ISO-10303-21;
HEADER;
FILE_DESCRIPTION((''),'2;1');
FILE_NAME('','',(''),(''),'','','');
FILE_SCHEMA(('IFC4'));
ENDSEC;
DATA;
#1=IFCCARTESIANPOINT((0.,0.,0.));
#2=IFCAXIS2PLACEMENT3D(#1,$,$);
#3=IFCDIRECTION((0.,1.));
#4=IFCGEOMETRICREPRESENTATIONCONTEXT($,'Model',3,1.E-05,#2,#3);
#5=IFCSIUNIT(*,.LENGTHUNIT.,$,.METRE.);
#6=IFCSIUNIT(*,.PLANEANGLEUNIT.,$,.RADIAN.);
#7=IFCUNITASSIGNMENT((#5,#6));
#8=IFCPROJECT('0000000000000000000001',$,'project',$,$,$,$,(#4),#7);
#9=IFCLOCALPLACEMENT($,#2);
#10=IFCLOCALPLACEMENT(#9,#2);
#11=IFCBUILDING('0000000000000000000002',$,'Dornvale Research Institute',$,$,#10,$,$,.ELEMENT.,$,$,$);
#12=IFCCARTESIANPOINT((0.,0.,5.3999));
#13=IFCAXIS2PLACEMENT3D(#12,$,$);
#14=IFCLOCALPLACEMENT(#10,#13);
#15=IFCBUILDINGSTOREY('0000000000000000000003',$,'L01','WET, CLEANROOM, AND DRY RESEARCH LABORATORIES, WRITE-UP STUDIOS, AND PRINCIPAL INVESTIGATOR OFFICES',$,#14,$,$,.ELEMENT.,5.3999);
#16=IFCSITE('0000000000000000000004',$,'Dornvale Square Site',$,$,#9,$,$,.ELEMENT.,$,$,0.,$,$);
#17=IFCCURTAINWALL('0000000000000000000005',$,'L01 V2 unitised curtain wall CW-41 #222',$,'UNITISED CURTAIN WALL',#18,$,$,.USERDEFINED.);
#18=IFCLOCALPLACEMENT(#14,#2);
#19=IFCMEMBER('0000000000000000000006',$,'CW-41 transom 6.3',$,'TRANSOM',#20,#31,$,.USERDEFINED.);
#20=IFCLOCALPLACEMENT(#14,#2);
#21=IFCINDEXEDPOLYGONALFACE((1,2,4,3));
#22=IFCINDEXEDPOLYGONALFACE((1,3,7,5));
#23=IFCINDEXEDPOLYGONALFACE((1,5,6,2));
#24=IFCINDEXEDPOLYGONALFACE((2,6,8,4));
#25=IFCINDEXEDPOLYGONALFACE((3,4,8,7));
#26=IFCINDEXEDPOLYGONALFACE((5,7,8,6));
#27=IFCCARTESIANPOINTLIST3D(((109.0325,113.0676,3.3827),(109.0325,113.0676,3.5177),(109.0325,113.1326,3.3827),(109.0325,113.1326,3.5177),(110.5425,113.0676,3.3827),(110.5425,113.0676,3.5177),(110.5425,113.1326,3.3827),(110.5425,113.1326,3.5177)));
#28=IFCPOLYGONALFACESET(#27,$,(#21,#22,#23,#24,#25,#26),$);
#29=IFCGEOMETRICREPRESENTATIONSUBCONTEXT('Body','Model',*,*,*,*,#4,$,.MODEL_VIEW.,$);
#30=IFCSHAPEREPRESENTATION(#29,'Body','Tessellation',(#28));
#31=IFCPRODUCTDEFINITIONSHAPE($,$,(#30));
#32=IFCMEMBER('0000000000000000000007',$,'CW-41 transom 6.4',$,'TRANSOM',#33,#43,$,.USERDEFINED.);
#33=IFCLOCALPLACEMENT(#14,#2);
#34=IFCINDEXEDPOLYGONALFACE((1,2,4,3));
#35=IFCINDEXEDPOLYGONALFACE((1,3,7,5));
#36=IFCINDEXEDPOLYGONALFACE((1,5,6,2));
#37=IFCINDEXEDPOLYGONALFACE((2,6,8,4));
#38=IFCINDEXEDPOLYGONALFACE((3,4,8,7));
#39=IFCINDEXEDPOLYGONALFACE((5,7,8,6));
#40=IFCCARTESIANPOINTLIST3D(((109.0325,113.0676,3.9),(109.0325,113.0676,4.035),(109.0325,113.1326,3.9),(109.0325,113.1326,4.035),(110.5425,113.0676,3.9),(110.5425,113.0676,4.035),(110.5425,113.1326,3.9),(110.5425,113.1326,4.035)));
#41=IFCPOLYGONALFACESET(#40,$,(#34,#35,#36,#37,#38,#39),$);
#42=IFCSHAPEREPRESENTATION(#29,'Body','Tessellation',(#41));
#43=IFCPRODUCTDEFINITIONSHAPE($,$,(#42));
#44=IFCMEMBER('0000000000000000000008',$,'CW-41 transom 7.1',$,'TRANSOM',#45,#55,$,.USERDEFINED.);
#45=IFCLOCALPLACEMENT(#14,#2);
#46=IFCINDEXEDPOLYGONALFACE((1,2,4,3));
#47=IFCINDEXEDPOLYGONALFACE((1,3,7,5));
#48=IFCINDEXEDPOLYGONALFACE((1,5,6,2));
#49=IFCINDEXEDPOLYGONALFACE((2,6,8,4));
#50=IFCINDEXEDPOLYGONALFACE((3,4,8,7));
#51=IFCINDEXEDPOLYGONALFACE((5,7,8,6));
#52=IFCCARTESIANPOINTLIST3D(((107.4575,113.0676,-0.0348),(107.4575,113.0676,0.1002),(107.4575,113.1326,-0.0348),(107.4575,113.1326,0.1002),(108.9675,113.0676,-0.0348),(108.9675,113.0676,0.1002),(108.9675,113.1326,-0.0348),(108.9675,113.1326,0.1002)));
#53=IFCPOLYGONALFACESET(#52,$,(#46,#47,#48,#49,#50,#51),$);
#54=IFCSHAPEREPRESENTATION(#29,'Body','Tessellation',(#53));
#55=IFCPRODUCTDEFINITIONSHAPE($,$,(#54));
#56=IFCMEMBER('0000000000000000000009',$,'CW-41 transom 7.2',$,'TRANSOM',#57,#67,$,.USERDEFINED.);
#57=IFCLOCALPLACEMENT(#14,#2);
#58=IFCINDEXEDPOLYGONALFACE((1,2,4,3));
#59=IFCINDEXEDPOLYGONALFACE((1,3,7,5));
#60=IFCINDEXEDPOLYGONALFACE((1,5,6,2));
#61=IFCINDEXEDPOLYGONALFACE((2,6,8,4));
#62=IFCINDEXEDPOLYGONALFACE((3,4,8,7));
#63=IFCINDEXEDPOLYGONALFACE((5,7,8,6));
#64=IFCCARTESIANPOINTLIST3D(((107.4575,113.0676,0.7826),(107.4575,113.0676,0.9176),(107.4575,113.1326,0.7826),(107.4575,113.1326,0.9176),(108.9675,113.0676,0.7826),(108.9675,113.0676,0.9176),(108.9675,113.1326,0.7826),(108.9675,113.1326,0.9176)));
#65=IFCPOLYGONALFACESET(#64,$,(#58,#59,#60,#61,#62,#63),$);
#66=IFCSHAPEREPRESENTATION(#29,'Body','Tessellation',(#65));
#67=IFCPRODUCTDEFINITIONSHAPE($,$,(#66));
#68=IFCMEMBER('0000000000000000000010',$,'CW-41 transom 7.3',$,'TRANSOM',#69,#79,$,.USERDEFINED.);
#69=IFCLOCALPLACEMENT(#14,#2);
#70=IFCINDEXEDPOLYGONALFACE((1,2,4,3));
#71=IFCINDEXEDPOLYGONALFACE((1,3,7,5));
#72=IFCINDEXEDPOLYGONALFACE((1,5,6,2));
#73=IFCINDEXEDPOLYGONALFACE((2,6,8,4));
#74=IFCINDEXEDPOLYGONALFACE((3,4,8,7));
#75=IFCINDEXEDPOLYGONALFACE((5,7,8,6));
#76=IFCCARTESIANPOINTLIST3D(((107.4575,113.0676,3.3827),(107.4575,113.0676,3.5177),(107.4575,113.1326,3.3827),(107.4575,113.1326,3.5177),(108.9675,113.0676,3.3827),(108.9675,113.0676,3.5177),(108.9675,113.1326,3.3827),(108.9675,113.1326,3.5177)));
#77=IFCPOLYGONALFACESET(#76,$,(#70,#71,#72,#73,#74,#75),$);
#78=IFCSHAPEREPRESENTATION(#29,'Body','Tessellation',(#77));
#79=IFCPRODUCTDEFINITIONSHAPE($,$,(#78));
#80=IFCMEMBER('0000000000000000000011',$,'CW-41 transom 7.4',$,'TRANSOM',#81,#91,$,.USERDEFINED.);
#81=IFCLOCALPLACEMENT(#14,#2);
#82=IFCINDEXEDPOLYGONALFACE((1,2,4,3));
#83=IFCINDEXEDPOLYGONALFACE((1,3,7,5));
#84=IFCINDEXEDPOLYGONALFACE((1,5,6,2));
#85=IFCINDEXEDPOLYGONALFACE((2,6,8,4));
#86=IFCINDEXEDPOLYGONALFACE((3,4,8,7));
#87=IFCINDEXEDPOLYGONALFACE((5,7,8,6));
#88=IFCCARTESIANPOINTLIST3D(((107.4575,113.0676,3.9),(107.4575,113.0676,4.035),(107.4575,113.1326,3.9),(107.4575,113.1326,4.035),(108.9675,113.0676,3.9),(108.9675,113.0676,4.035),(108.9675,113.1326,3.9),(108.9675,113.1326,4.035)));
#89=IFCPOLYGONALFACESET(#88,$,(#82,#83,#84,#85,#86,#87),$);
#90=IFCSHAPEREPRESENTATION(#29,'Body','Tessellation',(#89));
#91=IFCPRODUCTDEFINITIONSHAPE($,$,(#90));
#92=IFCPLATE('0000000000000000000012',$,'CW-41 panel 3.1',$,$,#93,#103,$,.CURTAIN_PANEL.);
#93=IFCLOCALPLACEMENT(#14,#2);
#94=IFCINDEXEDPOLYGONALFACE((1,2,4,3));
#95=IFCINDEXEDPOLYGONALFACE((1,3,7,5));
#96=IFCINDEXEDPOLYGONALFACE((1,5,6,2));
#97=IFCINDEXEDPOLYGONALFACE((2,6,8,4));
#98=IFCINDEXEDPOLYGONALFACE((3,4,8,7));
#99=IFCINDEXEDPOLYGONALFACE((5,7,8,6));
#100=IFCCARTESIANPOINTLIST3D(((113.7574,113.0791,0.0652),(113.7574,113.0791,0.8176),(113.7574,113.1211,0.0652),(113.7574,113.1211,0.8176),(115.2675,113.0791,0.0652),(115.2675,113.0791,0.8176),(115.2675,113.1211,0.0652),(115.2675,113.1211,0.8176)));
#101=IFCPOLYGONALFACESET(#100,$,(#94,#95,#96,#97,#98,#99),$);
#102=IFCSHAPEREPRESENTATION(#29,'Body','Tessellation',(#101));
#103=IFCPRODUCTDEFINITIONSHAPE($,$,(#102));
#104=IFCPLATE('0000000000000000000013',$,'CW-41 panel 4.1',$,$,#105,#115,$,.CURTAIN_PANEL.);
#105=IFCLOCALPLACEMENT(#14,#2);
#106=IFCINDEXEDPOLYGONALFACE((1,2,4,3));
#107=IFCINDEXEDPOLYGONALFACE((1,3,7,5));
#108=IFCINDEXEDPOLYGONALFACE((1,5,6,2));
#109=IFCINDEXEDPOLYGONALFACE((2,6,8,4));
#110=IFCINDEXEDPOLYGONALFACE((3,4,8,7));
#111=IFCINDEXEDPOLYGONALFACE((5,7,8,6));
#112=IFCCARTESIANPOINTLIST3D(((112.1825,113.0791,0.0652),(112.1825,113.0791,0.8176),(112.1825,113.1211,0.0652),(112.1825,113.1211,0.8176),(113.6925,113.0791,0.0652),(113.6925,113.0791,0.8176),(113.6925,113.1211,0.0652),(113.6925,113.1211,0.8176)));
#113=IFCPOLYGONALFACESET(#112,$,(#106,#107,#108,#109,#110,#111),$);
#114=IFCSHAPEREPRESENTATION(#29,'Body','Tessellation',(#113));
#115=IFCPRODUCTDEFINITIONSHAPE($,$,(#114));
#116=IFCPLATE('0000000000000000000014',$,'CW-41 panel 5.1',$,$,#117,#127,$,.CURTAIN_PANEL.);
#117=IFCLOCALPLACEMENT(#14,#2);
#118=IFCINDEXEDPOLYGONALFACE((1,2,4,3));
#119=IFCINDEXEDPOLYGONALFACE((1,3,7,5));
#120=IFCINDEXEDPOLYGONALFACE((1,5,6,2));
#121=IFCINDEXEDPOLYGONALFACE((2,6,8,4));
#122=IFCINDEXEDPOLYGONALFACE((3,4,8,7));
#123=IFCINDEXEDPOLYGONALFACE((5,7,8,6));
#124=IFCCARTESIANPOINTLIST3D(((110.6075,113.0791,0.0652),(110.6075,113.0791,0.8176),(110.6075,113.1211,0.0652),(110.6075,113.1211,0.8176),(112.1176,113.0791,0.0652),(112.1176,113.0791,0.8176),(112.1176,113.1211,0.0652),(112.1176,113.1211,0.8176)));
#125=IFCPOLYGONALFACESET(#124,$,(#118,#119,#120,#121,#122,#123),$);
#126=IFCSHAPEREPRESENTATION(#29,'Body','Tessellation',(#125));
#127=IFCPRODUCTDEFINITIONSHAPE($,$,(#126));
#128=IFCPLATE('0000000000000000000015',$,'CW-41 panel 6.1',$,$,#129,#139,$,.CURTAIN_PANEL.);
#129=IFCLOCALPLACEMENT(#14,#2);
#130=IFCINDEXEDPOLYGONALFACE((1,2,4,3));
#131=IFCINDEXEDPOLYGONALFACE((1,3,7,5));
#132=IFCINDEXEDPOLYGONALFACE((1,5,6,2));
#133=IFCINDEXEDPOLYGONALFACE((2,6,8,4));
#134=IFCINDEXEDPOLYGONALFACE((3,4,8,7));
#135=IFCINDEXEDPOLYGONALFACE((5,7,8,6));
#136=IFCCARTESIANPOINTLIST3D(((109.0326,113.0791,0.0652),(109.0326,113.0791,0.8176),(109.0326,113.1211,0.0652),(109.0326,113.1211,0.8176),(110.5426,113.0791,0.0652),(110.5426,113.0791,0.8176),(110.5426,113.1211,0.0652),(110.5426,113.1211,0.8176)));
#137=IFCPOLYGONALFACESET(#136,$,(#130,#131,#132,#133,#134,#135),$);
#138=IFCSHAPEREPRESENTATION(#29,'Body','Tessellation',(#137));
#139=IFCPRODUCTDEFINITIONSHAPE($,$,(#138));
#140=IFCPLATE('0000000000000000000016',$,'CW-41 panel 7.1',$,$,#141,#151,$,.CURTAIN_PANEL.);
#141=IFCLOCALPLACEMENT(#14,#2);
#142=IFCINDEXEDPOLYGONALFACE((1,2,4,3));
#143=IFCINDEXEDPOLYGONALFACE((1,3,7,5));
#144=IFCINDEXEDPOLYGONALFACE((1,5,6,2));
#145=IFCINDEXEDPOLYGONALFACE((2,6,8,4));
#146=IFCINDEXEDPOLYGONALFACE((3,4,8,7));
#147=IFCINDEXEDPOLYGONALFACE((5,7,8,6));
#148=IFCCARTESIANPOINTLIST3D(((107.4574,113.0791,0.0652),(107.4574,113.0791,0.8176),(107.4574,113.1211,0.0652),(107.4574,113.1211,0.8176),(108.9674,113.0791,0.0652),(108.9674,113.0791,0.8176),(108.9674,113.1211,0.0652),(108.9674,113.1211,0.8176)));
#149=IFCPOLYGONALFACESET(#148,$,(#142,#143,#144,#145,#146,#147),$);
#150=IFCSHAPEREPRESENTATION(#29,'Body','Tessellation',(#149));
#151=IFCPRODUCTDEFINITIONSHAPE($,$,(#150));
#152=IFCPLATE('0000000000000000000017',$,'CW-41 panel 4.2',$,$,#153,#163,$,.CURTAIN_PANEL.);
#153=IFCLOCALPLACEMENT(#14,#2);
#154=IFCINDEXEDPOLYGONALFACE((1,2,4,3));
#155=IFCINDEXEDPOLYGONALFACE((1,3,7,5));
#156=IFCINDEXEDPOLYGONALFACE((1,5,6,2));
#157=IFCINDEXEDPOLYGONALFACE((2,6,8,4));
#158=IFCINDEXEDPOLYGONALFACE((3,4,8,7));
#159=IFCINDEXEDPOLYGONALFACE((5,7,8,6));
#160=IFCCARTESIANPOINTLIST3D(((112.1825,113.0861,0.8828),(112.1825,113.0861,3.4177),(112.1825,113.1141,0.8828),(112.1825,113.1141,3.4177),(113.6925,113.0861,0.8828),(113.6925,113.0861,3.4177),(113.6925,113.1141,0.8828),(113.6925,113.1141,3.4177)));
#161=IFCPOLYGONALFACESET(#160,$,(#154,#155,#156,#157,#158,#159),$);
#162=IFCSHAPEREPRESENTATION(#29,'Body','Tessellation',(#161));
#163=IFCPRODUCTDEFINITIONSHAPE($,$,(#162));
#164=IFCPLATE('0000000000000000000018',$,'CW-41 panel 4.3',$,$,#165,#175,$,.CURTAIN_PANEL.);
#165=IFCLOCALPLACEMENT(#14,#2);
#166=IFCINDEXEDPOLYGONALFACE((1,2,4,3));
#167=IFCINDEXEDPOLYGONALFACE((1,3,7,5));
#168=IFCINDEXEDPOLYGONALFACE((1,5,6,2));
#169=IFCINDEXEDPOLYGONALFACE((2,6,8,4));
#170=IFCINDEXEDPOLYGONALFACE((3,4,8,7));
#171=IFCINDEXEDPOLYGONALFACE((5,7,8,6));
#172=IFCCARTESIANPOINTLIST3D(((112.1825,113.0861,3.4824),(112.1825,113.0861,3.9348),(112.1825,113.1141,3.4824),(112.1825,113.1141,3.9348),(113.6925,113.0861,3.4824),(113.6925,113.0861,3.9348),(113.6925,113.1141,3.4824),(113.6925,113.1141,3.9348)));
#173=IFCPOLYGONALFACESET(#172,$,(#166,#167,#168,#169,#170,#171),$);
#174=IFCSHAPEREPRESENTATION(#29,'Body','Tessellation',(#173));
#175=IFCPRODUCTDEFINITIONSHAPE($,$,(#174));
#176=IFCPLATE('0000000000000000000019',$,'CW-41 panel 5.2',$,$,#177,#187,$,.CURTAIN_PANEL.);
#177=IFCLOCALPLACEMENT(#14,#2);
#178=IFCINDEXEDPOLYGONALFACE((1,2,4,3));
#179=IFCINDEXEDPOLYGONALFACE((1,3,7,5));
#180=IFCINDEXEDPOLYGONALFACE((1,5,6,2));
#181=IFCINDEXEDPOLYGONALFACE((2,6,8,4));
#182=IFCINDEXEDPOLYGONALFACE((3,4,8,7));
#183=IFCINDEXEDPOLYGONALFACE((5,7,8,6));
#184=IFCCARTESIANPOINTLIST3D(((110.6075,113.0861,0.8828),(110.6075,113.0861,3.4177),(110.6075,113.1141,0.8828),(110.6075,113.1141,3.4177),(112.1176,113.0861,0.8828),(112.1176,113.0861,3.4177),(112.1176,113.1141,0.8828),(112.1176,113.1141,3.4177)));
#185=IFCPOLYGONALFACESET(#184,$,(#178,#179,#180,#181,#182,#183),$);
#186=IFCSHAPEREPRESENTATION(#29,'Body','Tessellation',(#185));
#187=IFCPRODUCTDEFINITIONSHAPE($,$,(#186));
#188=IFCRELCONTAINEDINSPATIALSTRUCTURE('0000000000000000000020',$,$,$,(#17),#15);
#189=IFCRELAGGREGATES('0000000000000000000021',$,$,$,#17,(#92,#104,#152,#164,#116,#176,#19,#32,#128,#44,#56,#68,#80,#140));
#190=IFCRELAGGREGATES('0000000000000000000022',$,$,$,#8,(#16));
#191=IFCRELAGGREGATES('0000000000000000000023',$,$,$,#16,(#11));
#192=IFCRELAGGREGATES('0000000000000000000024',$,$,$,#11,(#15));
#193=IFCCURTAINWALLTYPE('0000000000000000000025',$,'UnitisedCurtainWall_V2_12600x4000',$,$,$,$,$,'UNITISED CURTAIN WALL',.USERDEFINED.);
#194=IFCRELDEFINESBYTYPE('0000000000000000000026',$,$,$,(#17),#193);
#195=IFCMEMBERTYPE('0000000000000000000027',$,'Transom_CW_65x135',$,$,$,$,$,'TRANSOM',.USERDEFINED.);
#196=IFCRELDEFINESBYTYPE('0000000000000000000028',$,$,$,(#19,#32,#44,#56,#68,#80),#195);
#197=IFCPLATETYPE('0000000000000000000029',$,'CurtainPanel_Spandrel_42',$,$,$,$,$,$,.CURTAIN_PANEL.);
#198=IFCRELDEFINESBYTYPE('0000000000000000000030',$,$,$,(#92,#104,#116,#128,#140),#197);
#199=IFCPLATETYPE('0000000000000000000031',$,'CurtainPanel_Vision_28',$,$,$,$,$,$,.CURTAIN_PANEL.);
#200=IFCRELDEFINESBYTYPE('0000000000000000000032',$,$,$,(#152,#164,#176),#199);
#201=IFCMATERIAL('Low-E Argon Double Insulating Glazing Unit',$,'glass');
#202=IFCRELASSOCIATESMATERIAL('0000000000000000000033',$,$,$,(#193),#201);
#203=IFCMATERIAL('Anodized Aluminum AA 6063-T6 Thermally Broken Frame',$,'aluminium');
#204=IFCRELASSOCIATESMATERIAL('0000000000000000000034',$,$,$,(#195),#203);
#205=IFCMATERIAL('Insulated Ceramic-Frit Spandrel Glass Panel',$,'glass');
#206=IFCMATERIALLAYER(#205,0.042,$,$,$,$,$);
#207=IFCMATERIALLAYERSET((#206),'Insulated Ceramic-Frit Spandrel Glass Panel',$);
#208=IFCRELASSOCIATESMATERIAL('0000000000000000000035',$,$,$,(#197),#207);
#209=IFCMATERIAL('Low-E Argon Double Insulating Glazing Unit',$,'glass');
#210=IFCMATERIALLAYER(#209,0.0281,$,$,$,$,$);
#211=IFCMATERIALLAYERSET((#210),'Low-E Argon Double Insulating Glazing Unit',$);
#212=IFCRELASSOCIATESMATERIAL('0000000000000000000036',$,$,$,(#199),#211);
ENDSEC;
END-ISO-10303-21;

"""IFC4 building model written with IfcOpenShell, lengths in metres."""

from ifc_helpers import new_model, si_unit, direction, frame, origin, origin_2d, place, context, subcontext, project, spatial, rectangle, extrude, material, layer, layer_set, material_profile, profile_set, type_object, element, aggregate, save


model = new_model("IFC4")

# Units and contexts
model_context = context("Model", 3, precision=1e-05, world=origin(), true_north=direction((0.0, 1.0)))
body_context = subcontext(model_context, "Body", "Model", "MODEL_VIEW")
ifc_project = project(units=[si_unit("LENGTHUNIT", "METRE"), si_unit("PLANEANGLEUNIT", "RADIAN")], contexts=[model_context])

# Site, building, storey
site_placement = place(None, origin())
site = spatial("IfcSite", under=ifc_project, at=site_placement, Name="Dornvale Square Site", CompositionType="ELEMENT", RefElevation=0.0)
building_placement = place(site_placement, origin())
building = spatial("IfcBuilding", under=site, at=building_placement, Name="Dornvale Research Institute", CompositionType="ELEMENT")
storey_placement = place(building_placement, frame((0.0, 0.0, 5.3999)))
storey = spatial("IfcBuildingStorey", under=building, at=storey_placement, Name="L01", Description="WET, CLEANROOM, AND DRY RESEARCH LABORATORIES, WRITE-UP STUDIOS, AND PRINCIPAL INVESTIGATOR OFFICES", CompositionType="ELEMENT", Elevation=5.3999)

# Curtain wall, members, plates
ifc_material_1 = material(Name="Low-E Argon Double Insulating Glazing Unit", Category="glass")
curtain_wall_type = type_object("IfcCurtainWallType", Name="UnitisedCurtainWall_V2_12600x4000", ElementType="UNITISED CURTAIN WALL", PredefinedType="USERDEFINED", material=ifc_material_1)
curtain_wall_placement = place(storey_placement, origin())
curtain_wall = element("IfcCurtainWall", 1, at=curtain_wall_placement, inside=storey, type_object=curtain_wall_type, Name="L01 V2 unitised curtain wall CW-41 #222", ObjectType="UNITISED CURTAIN WALL", PredefinedType="USERDEFINED")
ifc_material_2 = material(Name="Anodized Aluminum AA 6063-T6 Thermally Broken Frame", Category="aluminium")
ifc_material_profile_1 = material_profile(ifc_material_2, rectangle(XDim=0.0649, YDim=0.135, at=origin_2d()), Name="ALU TRANSOM 65x135")
ifc_profile_set_1 = profile_set([ifc_material_profile_1], Name="Anodized Aluminum AA 6063-T6 Thermally Broken Frame")
member_type_1 = type_object("IfcMemberType", Name="Transom_CW_65x135", ElementType="TRANSOM", PredefinedType="USERDEFINED", material=ifc_profile_set_1)
member_1_placement = place(storey_placement, frame((110.5425, 113.1001, 3.4502), z_axis=(-1.0, 0.0, 0.0), x_axis=(0.0, -1.0, 0.0)))
member_1 = element("IfcMember", 2, at=member_1_placement, type_object=member_type_1, Name="CW-41 transom 6.3", ObjectType="TRANSOM", PredefinedType="USERDEFINED", context=body_context, shape_type="SweptSolid", body=[
    extrude(rectangle(XDim=0.0649, YDim=0.135, at=origin_2d()), origin(), (0.0, 0.0, 1.0), 1.51),
])
member_2_placement = place(storey_placement, frame((110.5425, 113.1001, 3.9675), z_axis=(-1.0, 0.0, 0.0), x_axis=(0.0, -1.0, 0.0)))
member_2 = element("IfcMember", 3, at=member_2_placement, type_object=member_type_1, Name="CW-41 transom 6.4", ObjectType="TRANSOM", PredefinedType="USERDEFINED", context=body_context, shape_type="SweptSolid", body=[
    extrude(rectangle(XDim=0.0649, YDim=0.135, at=origin_2d()), origin(), (0.0, 0.0, 1.0), 1.51),
])
member_3_placement = place(storey_placement, frame((108.9675, 113.1001, 0.0327), z_axis=(-1.0, 0.0, 0.0), x_axis=(0.0, -1.0, 0.0)))
member_3 = element("IfcMember", 4, at=member_3_placement, type_object=member_type_1, Name="CW-41 transom 7.1", ObjectType="TRANSOM", PredefinedType="USERDEFINED", context=body_context, shape_type="SweptSolid", body=[
    extrude(rectangle(XDim=0.0649, YDim=0.135, at=origin_2d()), origin(), (0.0, 0.0, 1.0), 1.51),
])
member_4_placement = place(storey_placement, frame((108.9675, 113.1001, 0.8501), z_axis=(-1.0, 0.0, 0.0), x_axis=(0.0, -1.0, 0.0)))
member_4 = element("IfcMember", 5, at=member_4_placement, type_object=member_type_1, Name="CW-41 transom 7.2", ObjectType="TRANSOM", PredefinedType="USERDEFINED", context=body_context, shape_type="SweptSolid", body=[
    extrude(rectangle(XDim=0.0649, YDim=0.135, at=origin_2d()), origin(), (0.0, 0.0, 1.0), 1.51),
])
member_5_placement = place(storey_placement, frame((108.9675, 113.1001, 3.4502), z_axis=(-1.0, 0.0, 0.0), x_axis=(0.0, -1.0, 0.0)))
member_5 = element("IfcMember", 6, at=member_5_placement, type_object=member_type_1, Name="CW-41 transom 7.3", ObjectType="TRANSOM", PredefinedType="USERDEFINED", context=body_context, shape_type="SweptSolid", body=[
    extrude(rectangle(XDim=0.0649, YDim=0.135, at=origin_2d()), origin(), (0.0, 0.0, 1.0), 1.51),
])
member_6_placement = place(storey_placement, frame((108.9675, 113.1001, 3.9675), z_axis=(-1.0, 0.0, 0.0), x_axis=(0.0, -1.0, 0.0)))
member_6 = element("IfcMember", 7, at=member_6_placement, type_object=member_type_1, Name="CW-41 transom 7.4", ObjectType="TRANSOM", PredefinedType="USERDEFINED", context=body_context, shape_type="SweptSolid", body=[
    extrude(rectangle(XDim=0.0649, YDim=0.135, at=origin_2d()), origin(), (0.0, 0.0, 1.0), 1.51),
])
ifc_material_3 = material(Name="Insulated Ceramic-Frit Spandrel Glass Panel", Category="glass")
ifc_layer_1 = layer(ifc_material_3, 0.042)
ifc_layer_set_1 = layer_set([ifc_layer_1], Name="Insulated Ceramic-Frit Spandrel Glass Panel")
plate_type_1 = type_object("IfcPlateType", Name="CurtainPanel_Spandrel_42", PredefinedType="CURTAIN_PANEL", material=ifc_layer_set_1)
plate_1_placement = place(storey_placement, frame((114.5125, 113.1001, 0.0652), z_axis=(0.0, 0.0, 1.0), x_axis=(-1.0, 0.0, 0.0)))
plate_1 = element("IfcPlate", 8, at=plate_1_placement, type_object=plate_type_1, Name="CW-41 panel 3.1", PredefinedType="CURTAIN_PANEL", context=body_context, shape_type="SweptSolid", body=[
    extrude(rectangle(XDim=1.51, YDim=0.042, at=origin_2d()), origin(), (0.0, 0.0, 1.0), 0.7524),
])
plate_2_placement = place(storey_placement, frame((112.9375, 113.1001, 0.0652), z_axis=(0.0, 0.0, 1.0), x_axis=(-1.0, 0.0, 0.0)))
plate_2 = element("IfcPlate", 9, at=plate_2_placement, type_object=plate_type_1, Name="CW-41 panel 4.1", PredefinedType="CURTAIN_PANEL", context=body_context, shape_type="SweptSolid", body=[
    extrude(rectangle(XDim=1.51, YDim=0.042, at=origin_2d()), origin(), (0.0, 0.0, 1.0), 0.7524),
])
plate_3_placement = place(storey_placement, frame((111.3625, 113.1001, 0.0652), z_axis=(0.0, 0.0, 1.0), x_axis=(-1.0, 0.0, 0.0)))
plate_3 = element("IfcPlate", 10, at=plate_3_placement, type_object=plate_type_1, Name="CW-41 panel 5.1", PredefinedType="CURTAIN_PANEL", context=body_context, shape_type="SweptSolid", body=[
    extrude(rectangle(XDim=1.51, YDim=0.042, at=origin_2d()), origin(), (0.0, 0.0, 1.0), 0.7524),
])
plate_4_placement = place(storey_placement, frame((109.7876, 113.1001, 0.0652), z_axis=(0.0, 0.0, 1.0), x_axis=(-1.0, 0.0, 0.0)))
plate_4 = element("IfcPlate", 11, at=plate_4_placement, type_object=plate_type_1, Name="CW-41 panel 6.1", PredefinedType="CURTAIN_PANEL", context=body_context, shape_type="SweptSolid", body=[
    extrude(rectangle(XDim=1.51, YDim=0.042, at=origin_2d()), origin(), (0.0, 0.0, 1.0), 0.7524),
])
plate_5_placement = place(storey_placement, frame((108.2124, 113.1001, 0.0652), z_axis=(0.0, 0.0, 1.0), x_axis=(-1.0, 0.0, 0.0)))
plate_5 = element("IfcPlate", 12, at=plate_5_placement, type_object=plate_type_1, Name="CW-41 panel 7.1", PredefinedType="CURTAIN_PANEL", context=body_context, shape_type="SweptSolid", body=[
    extrude(rectangle(XDim=1.51, YDim=0.042, at=origin_2d()), origin(), (0.0, 0.0, 1.0), 0.7524),
])
ifc_material_4 = material(Name="Low-E Argon Double Insulating Glazing Unit", Category="glass")
ifc_layer_2 = layer(ifc_material_4, 0.0281)
ifc_layer_set_2 = layer_set([ifc_layer_2], Name="Low-E Argon Double Insulating Glazing Unit")
plate_type_2 = type_object("IfcPlateType", Name="CurtainPanel_Vision_28", PredefinedType="CURTAIN_PANEL", material=ifc_layer_set_2)
plate_6_placement = place(storey_placement, frame((112.9375, 113.1001, 0.8828), z_axis=(0.0, 0.0, 1.0), x_axis=(-1.0, 0.0, 0.0)))
plate_6 = element("IfcPlate", 13, at=plate_6_placement, type_object=plate_type_2, Name="CW-41 panel 4.2", PredefinedType="CURTAIN_PANEL", context=body_context, shape_type="SweptSolid", body=[
    extrude(rectangle(XDim=1.51, YDim=0.0281, at=origin_2d()), origin(), (0.0, 0.0, 1.0), 2.5349),
])
plate_7_placement = place(storey_placement, frame((112.9375, 113.1001, 3.4824), z_axis=(0.0, 0.0, 1.0), x_axis=(-1.0, 0.0, 0.0)))
plate_7 = element("IfcPlate", 14, at=plate_7_placement, type_object=plate_type_2, Name="CW-41 panel 4.3", PredefinedType="CURTAIN_PANEL", context=body_context, shape_type="SweptSolid", body=[
    extrude(rectangle(XDim=1.51, YDim=0.0281, at=origin_2d()), origin(), (0.0, 0.0, 1.0), 0.4524),
])
plate_8_placement = place(storey_placement, frame((111.3625, 113.1001, 0.8828), z_axis=(0.0, 0.0, 1.0), x_axis=(-1.0, 0.0, 0.0)))
plate_8 = element("IfcPlate", 15, at=plate_8_placement, type_object=plate_type_2, Name="CW-41 panel 5.2", PredefinedType="CURTAIN_PANEL", context=body_context, shape_type="SweptSolid", body=[
    extrude(rectangle(XDim=1.51, YDim=0.0281, at=origin_2d()), origin(), (0.0, 0.0, 1.0), 2.5349),
])
aggregate(curtain_wall, [plate_1, plate_2, plate_6, plate_7, plate_3, plate_8, member_1, member_2, plate_4, member_3, member_4, member_5, member_6, plate_5])

save(model, "model.ifc")
